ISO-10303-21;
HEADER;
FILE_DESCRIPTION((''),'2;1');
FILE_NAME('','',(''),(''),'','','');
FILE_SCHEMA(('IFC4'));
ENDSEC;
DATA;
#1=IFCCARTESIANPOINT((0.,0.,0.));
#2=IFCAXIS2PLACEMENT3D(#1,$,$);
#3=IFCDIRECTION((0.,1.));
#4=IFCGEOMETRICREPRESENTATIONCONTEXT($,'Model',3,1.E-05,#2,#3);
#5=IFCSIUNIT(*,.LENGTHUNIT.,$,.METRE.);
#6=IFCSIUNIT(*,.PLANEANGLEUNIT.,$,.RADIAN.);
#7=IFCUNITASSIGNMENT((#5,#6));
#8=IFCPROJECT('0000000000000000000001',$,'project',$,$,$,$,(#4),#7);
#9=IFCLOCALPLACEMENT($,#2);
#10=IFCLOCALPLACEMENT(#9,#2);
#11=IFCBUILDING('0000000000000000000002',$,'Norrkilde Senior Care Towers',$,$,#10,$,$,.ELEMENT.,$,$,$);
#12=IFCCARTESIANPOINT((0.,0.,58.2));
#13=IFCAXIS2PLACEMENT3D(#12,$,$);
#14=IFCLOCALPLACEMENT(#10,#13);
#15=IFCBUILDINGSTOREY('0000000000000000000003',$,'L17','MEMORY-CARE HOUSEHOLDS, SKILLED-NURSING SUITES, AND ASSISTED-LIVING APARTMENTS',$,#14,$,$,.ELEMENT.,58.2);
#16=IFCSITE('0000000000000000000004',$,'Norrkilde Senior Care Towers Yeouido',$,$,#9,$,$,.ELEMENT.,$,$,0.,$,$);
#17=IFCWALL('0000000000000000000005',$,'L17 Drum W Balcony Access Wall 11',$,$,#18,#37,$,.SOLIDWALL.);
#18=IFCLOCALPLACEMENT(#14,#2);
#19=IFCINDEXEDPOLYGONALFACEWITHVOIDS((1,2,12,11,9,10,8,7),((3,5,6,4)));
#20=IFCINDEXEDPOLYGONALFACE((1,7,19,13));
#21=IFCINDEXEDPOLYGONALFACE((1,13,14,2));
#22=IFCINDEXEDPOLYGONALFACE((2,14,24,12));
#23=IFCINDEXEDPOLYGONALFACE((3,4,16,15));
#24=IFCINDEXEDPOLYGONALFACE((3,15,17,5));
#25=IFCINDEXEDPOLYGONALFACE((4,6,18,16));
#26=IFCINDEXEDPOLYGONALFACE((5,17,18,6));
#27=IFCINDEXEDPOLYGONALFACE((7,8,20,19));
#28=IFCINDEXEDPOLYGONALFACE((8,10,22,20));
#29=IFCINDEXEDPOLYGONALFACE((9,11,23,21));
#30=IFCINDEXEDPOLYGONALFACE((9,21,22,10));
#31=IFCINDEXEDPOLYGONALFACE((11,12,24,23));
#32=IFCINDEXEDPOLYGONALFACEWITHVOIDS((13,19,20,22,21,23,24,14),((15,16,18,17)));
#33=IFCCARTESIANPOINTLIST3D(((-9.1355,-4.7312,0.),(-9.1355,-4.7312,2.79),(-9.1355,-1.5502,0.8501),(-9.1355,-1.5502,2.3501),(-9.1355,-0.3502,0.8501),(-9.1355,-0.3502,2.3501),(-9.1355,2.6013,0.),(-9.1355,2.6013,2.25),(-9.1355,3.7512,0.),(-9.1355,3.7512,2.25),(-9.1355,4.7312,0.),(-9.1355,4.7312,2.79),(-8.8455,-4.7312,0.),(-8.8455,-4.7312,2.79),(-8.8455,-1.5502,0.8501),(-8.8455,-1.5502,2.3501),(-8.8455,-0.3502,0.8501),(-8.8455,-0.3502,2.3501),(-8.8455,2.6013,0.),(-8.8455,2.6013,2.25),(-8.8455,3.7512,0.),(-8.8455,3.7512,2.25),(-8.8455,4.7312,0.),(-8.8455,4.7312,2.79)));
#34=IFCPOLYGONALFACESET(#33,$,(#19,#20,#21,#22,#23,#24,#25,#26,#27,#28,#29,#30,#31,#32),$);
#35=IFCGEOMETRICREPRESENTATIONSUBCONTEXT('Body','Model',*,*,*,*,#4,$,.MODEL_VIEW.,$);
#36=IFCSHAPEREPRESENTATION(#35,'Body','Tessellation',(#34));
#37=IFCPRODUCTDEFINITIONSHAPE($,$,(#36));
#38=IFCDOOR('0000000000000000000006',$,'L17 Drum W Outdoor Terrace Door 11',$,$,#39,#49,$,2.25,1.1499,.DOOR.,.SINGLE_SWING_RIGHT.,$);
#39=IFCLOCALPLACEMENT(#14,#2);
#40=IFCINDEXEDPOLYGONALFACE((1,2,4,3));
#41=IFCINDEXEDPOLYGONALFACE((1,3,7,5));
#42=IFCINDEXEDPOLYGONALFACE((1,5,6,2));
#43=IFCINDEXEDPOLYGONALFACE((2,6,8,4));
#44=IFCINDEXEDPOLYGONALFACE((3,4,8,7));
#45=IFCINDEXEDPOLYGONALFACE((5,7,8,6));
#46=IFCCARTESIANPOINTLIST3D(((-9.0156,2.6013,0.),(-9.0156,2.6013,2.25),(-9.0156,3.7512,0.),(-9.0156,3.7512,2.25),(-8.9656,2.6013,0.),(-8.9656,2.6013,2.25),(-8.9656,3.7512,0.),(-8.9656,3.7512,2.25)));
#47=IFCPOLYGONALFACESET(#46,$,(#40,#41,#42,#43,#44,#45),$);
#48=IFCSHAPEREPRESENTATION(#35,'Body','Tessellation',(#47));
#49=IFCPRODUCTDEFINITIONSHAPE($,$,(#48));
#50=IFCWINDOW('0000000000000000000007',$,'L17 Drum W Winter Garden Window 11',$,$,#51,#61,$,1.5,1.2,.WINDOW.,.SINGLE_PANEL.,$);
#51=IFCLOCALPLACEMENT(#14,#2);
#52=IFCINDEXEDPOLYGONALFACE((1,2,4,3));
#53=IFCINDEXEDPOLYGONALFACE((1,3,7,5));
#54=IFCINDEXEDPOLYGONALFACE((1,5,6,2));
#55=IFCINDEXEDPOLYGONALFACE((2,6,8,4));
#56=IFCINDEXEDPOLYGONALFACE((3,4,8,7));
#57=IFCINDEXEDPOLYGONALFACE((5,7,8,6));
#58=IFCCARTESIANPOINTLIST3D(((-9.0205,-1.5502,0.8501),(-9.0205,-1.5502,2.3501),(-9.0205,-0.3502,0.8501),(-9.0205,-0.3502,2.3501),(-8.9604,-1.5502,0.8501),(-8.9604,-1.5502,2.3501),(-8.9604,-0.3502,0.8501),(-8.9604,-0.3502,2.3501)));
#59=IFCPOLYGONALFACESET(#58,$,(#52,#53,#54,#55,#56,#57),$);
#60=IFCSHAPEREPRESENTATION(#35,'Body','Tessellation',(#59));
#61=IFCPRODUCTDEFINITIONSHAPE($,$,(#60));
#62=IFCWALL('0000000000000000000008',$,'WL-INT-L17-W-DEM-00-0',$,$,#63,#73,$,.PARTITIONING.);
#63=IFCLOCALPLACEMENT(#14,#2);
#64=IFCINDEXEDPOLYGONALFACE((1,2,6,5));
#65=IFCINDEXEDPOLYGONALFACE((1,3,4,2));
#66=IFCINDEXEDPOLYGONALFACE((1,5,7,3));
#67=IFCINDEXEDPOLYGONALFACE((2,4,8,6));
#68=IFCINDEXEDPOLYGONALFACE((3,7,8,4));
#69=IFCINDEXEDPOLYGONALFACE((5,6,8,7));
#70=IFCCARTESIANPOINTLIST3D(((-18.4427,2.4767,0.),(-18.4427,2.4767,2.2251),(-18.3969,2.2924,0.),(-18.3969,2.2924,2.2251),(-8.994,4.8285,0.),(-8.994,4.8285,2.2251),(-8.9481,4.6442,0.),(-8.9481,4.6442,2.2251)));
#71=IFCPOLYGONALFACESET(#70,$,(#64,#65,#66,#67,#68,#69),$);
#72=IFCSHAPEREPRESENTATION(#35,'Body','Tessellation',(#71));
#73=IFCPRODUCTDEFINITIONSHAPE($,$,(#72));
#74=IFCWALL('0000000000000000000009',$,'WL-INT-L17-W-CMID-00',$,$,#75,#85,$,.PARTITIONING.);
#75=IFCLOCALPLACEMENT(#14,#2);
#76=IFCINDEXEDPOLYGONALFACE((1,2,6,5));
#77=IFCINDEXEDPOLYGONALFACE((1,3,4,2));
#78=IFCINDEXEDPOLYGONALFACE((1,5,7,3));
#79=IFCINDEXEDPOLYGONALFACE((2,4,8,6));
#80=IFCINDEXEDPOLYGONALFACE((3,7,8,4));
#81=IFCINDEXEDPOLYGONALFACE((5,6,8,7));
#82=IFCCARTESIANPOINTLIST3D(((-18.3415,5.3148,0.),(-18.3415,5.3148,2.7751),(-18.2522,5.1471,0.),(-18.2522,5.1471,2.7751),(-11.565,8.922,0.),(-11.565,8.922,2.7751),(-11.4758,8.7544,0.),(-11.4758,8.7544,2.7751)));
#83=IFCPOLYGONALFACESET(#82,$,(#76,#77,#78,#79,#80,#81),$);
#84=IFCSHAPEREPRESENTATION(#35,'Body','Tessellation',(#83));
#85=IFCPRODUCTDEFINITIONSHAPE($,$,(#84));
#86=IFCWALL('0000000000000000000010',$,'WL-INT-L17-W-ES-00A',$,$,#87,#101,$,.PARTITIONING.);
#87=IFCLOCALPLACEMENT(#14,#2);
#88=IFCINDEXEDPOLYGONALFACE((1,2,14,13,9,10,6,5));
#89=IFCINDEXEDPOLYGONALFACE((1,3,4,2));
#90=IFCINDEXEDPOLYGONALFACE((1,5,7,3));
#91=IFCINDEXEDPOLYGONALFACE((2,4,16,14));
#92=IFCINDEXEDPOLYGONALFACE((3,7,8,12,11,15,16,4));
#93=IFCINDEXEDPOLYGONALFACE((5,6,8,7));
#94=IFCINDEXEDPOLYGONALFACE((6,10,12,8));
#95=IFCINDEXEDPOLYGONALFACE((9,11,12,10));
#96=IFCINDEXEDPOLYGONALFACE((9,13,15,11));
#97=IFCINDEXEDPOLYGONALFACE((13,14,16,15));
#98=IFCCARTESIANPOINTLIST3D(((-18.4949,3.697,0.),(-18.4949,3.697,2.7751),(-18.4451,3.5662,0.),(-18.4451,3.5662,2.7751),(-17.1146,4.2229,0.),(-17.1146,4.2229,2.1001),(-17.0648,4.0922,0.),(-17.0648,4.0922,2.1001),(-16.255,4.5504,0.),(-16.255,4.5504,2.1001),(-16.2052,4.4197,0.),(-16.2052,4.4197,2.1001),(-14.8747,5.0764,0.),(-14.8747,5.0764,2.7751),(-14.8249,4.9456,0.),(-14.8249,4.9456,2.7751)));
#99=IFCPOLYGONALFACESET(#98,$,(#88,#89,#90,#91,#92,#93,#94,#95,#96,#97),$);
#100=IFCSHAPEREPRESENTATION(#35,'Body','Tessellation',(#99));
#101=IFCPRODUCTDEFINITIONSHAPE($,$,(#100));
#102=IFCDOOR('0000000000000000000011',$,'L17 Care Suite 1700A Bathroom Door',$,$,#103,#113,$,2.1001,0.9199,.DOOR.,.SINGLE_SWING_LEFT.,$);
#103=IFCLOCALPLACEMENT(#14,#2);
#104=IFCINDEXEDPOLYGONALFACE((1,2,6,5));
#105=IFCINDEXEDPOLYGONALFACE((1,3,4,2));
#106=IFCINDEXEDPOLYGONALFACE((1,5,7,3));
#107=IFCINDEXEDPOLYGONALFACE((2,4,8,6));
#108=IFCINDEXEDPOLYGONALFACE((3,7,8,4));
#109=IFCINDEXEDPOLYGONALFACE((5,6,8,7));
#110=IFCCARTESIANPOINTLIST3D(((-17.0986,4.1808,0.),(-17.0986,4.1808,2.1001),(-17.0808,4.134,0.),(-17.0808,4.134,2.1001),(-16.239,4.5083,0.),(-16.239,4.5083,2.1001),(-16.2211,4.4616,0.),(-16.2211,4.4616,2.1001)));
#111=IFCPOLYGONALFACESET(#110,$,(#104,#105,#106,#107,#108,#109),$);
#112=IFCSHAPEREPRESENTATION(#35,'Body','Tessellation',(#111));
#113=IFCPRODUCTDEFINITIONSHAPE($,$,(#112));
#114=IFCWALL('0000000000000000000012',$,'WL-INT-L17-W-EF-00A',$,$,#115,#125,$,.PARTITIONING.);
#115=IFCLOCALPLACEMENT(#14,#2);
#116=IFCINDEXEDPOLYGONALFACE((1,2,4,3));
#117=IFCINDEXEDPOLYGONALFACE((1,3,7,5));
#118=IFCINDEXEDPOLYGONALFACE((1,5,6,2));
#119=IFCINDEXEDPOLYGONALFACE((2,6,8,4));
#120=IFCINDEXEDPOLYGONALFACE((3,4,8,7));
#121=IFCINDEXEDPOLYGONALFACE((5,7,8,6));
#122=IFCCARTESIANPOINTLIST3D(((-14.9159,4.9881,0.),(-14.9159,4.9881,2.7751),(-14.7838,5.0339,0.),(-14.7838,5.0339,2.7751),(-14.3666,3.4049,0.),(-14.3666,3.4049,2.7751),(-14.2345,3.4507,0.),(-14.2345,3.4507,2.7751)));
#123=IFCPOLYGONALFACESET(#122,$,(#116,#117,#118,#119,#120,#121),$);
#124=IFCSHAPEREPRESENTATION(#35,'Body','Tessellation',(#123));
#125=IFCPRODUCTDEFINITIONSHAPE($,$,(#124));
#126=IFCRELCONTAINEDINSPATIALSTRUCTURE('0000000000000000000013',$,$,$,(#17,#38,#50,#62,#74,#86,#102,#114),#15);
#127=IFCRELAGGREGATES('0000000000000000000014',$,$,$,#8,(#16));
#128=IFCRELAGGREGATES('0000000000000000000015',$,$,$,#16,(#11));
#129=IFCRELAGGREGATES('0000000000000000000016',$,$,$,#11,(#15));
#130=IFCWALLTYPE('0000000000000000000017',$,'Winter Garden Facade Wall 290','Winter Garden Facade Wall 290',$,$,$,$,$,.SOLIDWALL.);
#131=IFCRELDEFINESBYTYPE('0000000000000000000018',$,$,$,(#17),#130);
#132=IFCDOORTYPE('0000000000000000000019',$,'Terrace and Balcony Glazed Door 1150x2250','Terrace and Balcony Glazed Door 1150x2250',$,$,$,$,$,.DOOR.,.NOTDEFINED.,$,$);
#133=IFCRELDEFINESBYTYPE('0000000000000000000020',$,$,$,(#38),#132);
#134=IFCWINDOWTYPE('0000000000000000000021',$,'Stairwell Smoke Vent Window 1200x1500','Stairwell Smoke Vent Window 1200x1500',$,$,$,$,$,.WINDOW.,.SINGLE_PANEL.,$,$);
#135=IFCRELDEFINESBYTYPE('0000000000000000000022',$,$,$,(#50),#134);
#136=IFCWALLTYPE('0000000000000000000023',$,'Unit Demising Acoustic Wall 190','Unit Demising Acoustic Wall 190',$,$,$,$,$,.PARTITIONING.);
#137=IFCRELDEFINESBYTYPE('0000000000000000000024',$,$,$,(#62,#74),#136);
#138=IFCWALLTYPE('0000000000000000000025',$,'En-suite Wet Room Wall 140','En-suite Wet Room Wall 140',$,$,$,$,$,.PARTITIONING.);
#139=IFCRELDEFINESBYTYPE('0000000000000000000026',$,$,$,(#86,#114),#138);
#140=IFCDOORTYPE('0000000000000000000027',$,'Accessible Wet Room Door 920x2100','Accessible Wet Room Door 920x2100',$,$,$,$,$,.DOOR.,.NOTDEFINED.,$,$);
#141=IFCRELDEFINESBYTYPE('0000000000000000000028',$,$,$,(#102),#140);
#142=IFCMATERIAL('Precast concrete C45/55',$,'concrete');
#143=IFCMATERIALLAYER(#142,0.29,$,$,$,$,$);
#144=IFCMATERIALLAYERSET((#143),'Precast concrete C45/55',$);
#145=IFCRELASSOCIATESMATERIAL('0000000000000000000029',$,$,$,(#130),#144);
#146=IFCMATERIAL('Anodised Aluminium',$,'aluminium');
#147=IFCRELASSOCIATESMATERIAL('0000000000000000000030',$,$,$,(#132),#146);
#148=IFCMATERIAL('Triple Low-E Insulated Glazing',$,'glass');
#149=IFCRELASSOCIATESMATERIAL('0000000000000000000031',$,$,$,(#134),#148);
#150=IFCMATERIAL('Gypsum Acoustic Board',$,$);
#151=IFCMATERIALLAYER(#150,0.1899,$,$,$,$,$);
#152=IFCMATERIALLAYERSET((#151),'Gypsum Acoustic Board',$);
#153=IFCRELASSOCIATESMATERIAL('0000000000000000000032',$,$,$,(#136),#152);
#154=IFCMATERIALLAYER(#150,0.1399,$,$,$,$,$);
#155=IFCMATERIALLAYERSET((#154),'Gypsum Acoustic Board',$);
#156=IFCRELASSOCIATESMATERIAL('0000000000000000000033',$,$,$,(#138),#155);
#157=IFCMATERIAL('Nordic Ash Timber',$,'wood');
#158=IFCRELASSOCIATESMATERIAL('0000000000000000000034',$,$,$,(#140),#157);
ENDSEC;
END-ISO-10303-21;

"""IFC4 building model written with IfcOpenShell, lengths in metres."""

from ifc_helpers import new_model, si_unit, direction, frame, frame_2d, origin, place, context, subcontext, project, spatial, rectangle, extrude, source, transform, mapped, material, layer, layer_set, type_object, type_shapes, element, fill, save


model = new_model("IFC4")

# Units and contexts
model_context = context("Model", 3, precision=1e-05, world=origin(), true_north=direction((0.0, 1.0)))
body_context = subcontext(model_context, "Body", "Model", "MODEL_VIEW")
ifc_project = project(units=[si_unit("LENGTHUNIT", "METRE"), si_unit("PLANEANGLEUNIT", "RADIAN")], contexts=[model_context])

# Site, building, storey
site_placement = place(None, origin())
site = spatial("IfcSite", under=ifc_project, at=site_placement, Name="Norrkilde Senior Care Towers Yeouido", CompositionType="ELEMENT", RefElevation=0.0)
building_placement = place(site_placement, origin())
building = spatial("IfcBuilding", under=site, at=building_placement, Name="Norrkilde Senior Care Towers", CompositionType="ELEMENT")
storey_placement = place(building_placement, frame((0.0, 0.0, 58.2)))
storey = spatial("IfcBuildingStorey", under=building, at=storey_placement, Name="L17", Description="MEMORY-CARE HOUSEHOLDS, SKILLED-NURSING SUITES, AND ASSISTED-LIVING APARTMENTS", CompositionType="ELEMENT", Elevation=58.2)

# Shared definitions
ifc_material_1 = material(Name="Triple Low-E Insulated Glazing", Category="glass")
ifc_material_2 = material(Name="Anodised Aluminium", Category="aluminium")

# Wall, openings, door, window
ifc_material_3 = material(Name="Precast concrete C45/55", Category="concrete")
ifc_layer_1 = layer(ifc_material_3, 0.29)
ifc_layer_set_1 = layer_set([ifc_layer_1], Name="Precast concrete C45/55")
wall_type_1 = type_object("IfcWallType", Name="Winter Garden Facade Wall 290", Description="Winter Garden Facade Wall 290", PredefinedType="SOLIDWALL", material=ifc_layer_set_1)
shared_shape_1 = source(origin(), body_context, "Body", "SweptSolid", [
    extrude(rectangle(XDim=9.4624, YDim=0.29, at=frame_2d((4.7312, 0.0))), origin(), (0.0, 0.0, 1.0), 2.79),
])
type_shapes(wall_type_1, [shared_shape_1])
wall_1_placement = place(storey_placement, frame((-8.9905, 4.7312, 0.0), z_axis=(0.0, 0.0, 1.0), x_axis=(0.0, -1.0, 0.0)))
wall_1 = element("IfcWall", 1, at=wall_1_placement, inside=storey, type_object=wall_type_1, Name="L17 Drum W Balcony Access Wall 11", PredefinedType="SOLIDWALL", context=body_context, shape_type="MappedRepresentation", body=[
    mapped(shared_shape_1, transform((0.0, 0.0, 0.0), x_axis=(1.0, 0.0, 0.0), y_axis=(0.0, 1.0, 0.0), z_axis=(0.0, 0.0, 1.0), scale=1.0)),
])
opening_1_placement = place(wall_1_placement, frame((0.98, 0.0, 0.0)))
opening_1 = element("IfcOpeningElement", 2, at=opening_1_placement, cuts=wall_1, PredefinedType="OPENING", context=body_context, shape_type="SweptSolid", body=[
    extrude(rectangle(XDim=1.1499, YDim=2.25, at=frame_2d((0.575, 1.125))), frame((0.0, 0.155, 0.0), z_axis=(0.0, -1.0, 0.0), x_axis=(1.0, 0.0, 0.0)), (0.0, 0.0, 1.0), 0.3101),
])
opening_2_placement = place(wall_1_placement, frame((5.0813, 0.0, 0.8501)))
opening_2 = element("IfcOpeningElement", 3, at=opening_2_placement, cuts=wall_1, PredefinedType="OPENING", context=body_context, shape_type="SweptSolid", body=[
    extrude(rectangle(XDim=1.2, YDim=1.5, at=frame_2d((0.6001, 0.75))), frame((0.0, 0.155, 0.0), z_axis=(0.0, -1.0, 0.0), x_axis=(1.0, 0.0, 0.0)), (0.0, 0.0, 1.0), 0.3101),
])
door_type_1 = type_object("IfcDoorType", Name="Terrace and Balcony Glazed Door 1150x2250", Description="Terrace and Balcony Glazed Door 1150x2250", OperationType="NOTDEFINED", PredefinedType="DOOR", material=ifc_material_2)
shared_shape_2 = source(origin(), body_context, "Body", "SweptSolid", [
    extrude(rectangle(XDim=1.1499, YDim=2.25, at=frame_2d((0.575, 1.125))), frame((0.0, 0.0249, 0.0), z_axis=(0.0, -1.0, 0.0), x_axis=(1.0, 0.0, 0.0)), (0.0, 0.0, 1.0), 0.05),
])
type_shapes(door_type_1, [shared_shape_2])
door_1_placement = place(opening_1_placement, origin())
door_1 = element("IfcDoor", 4, at=door_1_placement, inside=storey, type_object=door_type_1, Name="L17 Drum W Outdoor Terrace Door 11", OperationType="SINGLE_SWING_RIGHT", OverallHeight=2.25, OverallWidth=1.1499, PredefinedType="DOOR", context=body_context, shape_type="MappedRepresentation", body=[
    mapped(shared_shape_2, transform((0.0, 0.0, 0.0), x_axis=(1.0, 0.0, 0.0), y_axis=(0.0, 1.0, 0.0), z_axis=(0.0, 0.0, 1.0), scale=1.0)),
])
fill(opening_1, door_1)
window_type = type_object("IfcWindowType", Name="Stairwell Smoke Vent Window 1200x1500", Description="Stairwell Smoke Vent Window 1200x1500", PartitioningType="SINGLE_PANEL", PredefinedType="WINDOW", material=ifc_material_1)
shared_shape_3 = source(origin(), body_context, "Body", "SweptSolid", [
    extrude(rectangle(XDim=1.2, YDim=1.5, at=frame_2d((0.6001, 0.75))), frame((0.0, 0.03, 0.0), z_axis=(0.0, -1.0, 0.0), x_axis=(1.0, 0.0, 0.0)), (0.0, 0.0, 1.0), 0.0601),
])
type_shapes(window_type, [shared_shape_3])
window_placement = place(opening_2_placement, origin())
window = element("IfcWindow", 5, at=window_placement, inside=storey, type_object=window_type, Name="L17 Drum W Winter Garden Window 11", OverallHeight=1.5, OverallWidth=1.2, PartitioningType="SINGLE_PANEL", PredefinedType="WINDOW", context=body_context, shape_type="MappedRepresentation", body=[
    mapped(shared_shape_3, transform((0.0, 0.0, 0.0), x_axis=(1.0, 0.0, 0.0), y_axis=(0.0, 1.0, 0.0), z_axis=(0.0, 0.0, 1.0), scale=1.0)),
])
fill(opening_2, window)

# Walls
ifc_material_4 = material(Name="Gypsum Acoustic Board")
ifc_layer_2 = layer(ifc_material_4, 0.1899)
ifc_layer_set_2 = layer_set([ifc_layer_2], Name="Gypsum Acoustic Board")
wall_type_2 = type_object("IfcWallType", Name="Unit Demising Acoustic Wall 190", Description="Unit Demising Acoustic Wall 190", PredefinedType="PARTITIONING", material=ifc_layer_set_2)
shared_shape_4 = source(origin(), body_context, "Body", "SweptSolid", [
    extrude(rectangle(XDim=9.7371, YDim=0.1899, at=frame_2d((4.8687, 0.0))), origin(), (0.0, 0.0, 1.0), 2.2251),
])
wall_2_placement = place(storey_placement, frame((-18.4199, 2.3845, 0.0), z_axis=(0.0, 0.0, 1.0), x_axis=(0.970393, 0.241533, 0.0)))
element("IfcWall", 6, at=wall_2_placement, inside=storey, type_object=wall_type_2, Name="WL-INT-L17-W-DEM-00-0", PredefinedType="PARTITIONING", context=body_context, shape_type="MappedRepresentation", body=[
    mapped(shared_shape_4, transform((0.0, 0.0, 0.0), x_axis=(1.0, 0.0, 0.0), y_axis=(0.0, 1.0, 0.0), z_axis=(0.0, 0.0, 1.0), scale=1.0)),
])
shared_shape_5 = source(origin(), body_context, "Body", "SweptSolid", [
    extrude(rectangle(XDim=7.6768, YDim=0.1899, at=frame_2d((3.8384, 0.0))), origin(), (0.0, 0.0, 1.0), 2.7751),
])
type_shapes(wall_type_2, [shared_shape_4, shared_shape_5])
wall_3_placement = place(storey_placement, frame((-18.2969, 5.231, 0.0), z_axis=(0.0, 0.0, 1.0), x_axis=(0.882725, 0.46989, 0.0)))
element("IfcWall", 7, at=wall_3_placement, inside=storey, type_object=wall_type_2, Name="WL-INT-L17-W-CMID-00", PredefinedType="PARTITIONING", context=body_context, shape_type="MappedRepresentation", body=[
    mapped(shared_shape_5, transform((0.0, 0.0, 0.0), x_axis=(1.0, 0.0, 0.0), y_axis=(0.0, 1.0, 0.0), z_axis=(0.0, 0.0, 1.0), scale=1.0)),
])

# Wall, opening, door
ifc_layer_3 = layer(ifc_material_4, 0.1399)
ifc_layer_set_3 = layer_set([ifc_layer_3], Name="Gypsum Acoustic Board")
wall_type_3 = type_object("IfcWallType", Name="En-suite Wet Room Wall 140", Description="En-suite Wet Room Wall 140", PredefinedType="PARTITIONING", material=ifc_layer_set_3)
shared_shape_6 = source(origin(), body_context, "Body", "SweptSolid", [
    extrude(rectangle(XDim=3.874, YDim=0.1399, at=frame_2d((1.937, 0.0))), origin(), (0.0, 0.0, 1.0), 2.7751),
])
wall_4_placement = place(storey_placement, frame((-18.47, 3.6316, 0.0), z_axis=(0.0, 0.0, 1.0), x_axis=(0.934462, 0.356063, 0.0)))
wall_4 = element("IfcWall", 8, at=wall_4_placement, inside=storey, type_object=wall_type_3, Name="WL-INT-L17-W-ES-00A", PredefinedType="PARTITIONING", context=body_context, shape_type="MappedRepresentation", body=[
    mapped(shared_shape_6, transform((0.0, 0.0, 0.0), x_axis=(1.0, 0.0, 0.0), y_axis=(0.0, 1.0, 0.0), z_axis=(0.0, 0.0, 1.0), scale=1.0)),
])
opening_3_placement = place(wall_4_placement, frame((1.4771, 0.0, 0.0)))
opening_3 = element("IfcOpeningElement", 9, at=opening_3_placement, cuts=wall_4, PredefinedType="OPENING", context=body_context, shape_type="SweptSolid", body=[
    extrude(rectangle(XDim=0.9199, YDim=2.1001, at=frame_2d((0.46, 1.05))), frame((0.0, 0.0798, 0.0), z_axis=(0.0, -1.0, 0.0), x_axis=(1.0, 0.0, 0.0)), (0.0, 0.0, 1.0), 0.1599),
])
ifc_material_5 = material(Name="Nordic Ash Timber", Category="wood")
door_type_2 = type_object("IfcDoorType", Name="Accessible Wet Room Door 920x2100", Description="Accessible Wet Room Door 920x2100", OperationType="NOTDEFINED", PredefinedType="DOOR", material=ifc_material_5)
shared_shape_7 = source(origin(), body_context, "Body", "SweptSolid", [
    extrude(rectangle(XDim=0.9199, YDim=2.1001, at=frame_2d((0.46, 1.05))), frame((0.0, 0.0249, 0.0), z_axis=(0.0, -1.0, 0.0), x_axis=(1.0, 0.0, 0.0)), (0.0, 0.0, 1.0), 0.05),
])
type_shapes(door_type_2, [shared_shape_7])
door_2_placement = place(opening_3_placement, origin())
door_2 = element("IfcDoor", 10, at=door_2_placement, inside=storey, type_object=door_type_2, Name="L17 Care Suite 1700A Bathroom Door", OperationType="SINGLE_SWING_LEFT", OverallHeight=2.1001, OverallWidth=0.9199, PredefinedType="DOOR", context=body_context, shape_type="MappedRepresentation", body=[
    mapped(shared_shape_7, transform((0.0, 0.0, 0.0), x_axis=(1.0, 0.0, 0.0), y_axis=(0.0, 1.0, 0.0), z_axis=(0.0, 0.0, 1.0), scale=1.0)),
])
fill(opening_3, door_2)

# Wall
shared_shape_8 = source(origin(), body_context, "Body", "SweptSolid", [
    extrude(rectangle(XDim=1.6758, YDim=0.1399, at=frame_2d((0.8379, 0.0))), origin(), (0.0, 0.0, 1.0), 2.7751),
])
type_shapes(wall_type_3, [shared_shape_6, shared_shape_8])
wall_5_placement = place(storey_placement, frame((-14.8499, 5.011, 0.0), z_axis=(0.0, 0.0, 1.0), x_axis=(0.327786, -0.944752, 0.0)))
element("IfcWall", 11, at=wall_5_placement, inside=storey, type_object=wall_type_3, Name="WL-INT-L17-W-EF-00A", PredefinedType="PARTITIONING", context=body_context, shape_type="MappedRepresentation", body=[
    mapped(shared_shape_8, transform((0.0, 0.0, 0.0), x_axis=(1.0, 0.0, 0.0), y_axis=(0.0, 1.0, 0.0), z_axis=(0.0, 0.0, 1.0), scale=1.0)),
])

save(model, "model.ifc")
